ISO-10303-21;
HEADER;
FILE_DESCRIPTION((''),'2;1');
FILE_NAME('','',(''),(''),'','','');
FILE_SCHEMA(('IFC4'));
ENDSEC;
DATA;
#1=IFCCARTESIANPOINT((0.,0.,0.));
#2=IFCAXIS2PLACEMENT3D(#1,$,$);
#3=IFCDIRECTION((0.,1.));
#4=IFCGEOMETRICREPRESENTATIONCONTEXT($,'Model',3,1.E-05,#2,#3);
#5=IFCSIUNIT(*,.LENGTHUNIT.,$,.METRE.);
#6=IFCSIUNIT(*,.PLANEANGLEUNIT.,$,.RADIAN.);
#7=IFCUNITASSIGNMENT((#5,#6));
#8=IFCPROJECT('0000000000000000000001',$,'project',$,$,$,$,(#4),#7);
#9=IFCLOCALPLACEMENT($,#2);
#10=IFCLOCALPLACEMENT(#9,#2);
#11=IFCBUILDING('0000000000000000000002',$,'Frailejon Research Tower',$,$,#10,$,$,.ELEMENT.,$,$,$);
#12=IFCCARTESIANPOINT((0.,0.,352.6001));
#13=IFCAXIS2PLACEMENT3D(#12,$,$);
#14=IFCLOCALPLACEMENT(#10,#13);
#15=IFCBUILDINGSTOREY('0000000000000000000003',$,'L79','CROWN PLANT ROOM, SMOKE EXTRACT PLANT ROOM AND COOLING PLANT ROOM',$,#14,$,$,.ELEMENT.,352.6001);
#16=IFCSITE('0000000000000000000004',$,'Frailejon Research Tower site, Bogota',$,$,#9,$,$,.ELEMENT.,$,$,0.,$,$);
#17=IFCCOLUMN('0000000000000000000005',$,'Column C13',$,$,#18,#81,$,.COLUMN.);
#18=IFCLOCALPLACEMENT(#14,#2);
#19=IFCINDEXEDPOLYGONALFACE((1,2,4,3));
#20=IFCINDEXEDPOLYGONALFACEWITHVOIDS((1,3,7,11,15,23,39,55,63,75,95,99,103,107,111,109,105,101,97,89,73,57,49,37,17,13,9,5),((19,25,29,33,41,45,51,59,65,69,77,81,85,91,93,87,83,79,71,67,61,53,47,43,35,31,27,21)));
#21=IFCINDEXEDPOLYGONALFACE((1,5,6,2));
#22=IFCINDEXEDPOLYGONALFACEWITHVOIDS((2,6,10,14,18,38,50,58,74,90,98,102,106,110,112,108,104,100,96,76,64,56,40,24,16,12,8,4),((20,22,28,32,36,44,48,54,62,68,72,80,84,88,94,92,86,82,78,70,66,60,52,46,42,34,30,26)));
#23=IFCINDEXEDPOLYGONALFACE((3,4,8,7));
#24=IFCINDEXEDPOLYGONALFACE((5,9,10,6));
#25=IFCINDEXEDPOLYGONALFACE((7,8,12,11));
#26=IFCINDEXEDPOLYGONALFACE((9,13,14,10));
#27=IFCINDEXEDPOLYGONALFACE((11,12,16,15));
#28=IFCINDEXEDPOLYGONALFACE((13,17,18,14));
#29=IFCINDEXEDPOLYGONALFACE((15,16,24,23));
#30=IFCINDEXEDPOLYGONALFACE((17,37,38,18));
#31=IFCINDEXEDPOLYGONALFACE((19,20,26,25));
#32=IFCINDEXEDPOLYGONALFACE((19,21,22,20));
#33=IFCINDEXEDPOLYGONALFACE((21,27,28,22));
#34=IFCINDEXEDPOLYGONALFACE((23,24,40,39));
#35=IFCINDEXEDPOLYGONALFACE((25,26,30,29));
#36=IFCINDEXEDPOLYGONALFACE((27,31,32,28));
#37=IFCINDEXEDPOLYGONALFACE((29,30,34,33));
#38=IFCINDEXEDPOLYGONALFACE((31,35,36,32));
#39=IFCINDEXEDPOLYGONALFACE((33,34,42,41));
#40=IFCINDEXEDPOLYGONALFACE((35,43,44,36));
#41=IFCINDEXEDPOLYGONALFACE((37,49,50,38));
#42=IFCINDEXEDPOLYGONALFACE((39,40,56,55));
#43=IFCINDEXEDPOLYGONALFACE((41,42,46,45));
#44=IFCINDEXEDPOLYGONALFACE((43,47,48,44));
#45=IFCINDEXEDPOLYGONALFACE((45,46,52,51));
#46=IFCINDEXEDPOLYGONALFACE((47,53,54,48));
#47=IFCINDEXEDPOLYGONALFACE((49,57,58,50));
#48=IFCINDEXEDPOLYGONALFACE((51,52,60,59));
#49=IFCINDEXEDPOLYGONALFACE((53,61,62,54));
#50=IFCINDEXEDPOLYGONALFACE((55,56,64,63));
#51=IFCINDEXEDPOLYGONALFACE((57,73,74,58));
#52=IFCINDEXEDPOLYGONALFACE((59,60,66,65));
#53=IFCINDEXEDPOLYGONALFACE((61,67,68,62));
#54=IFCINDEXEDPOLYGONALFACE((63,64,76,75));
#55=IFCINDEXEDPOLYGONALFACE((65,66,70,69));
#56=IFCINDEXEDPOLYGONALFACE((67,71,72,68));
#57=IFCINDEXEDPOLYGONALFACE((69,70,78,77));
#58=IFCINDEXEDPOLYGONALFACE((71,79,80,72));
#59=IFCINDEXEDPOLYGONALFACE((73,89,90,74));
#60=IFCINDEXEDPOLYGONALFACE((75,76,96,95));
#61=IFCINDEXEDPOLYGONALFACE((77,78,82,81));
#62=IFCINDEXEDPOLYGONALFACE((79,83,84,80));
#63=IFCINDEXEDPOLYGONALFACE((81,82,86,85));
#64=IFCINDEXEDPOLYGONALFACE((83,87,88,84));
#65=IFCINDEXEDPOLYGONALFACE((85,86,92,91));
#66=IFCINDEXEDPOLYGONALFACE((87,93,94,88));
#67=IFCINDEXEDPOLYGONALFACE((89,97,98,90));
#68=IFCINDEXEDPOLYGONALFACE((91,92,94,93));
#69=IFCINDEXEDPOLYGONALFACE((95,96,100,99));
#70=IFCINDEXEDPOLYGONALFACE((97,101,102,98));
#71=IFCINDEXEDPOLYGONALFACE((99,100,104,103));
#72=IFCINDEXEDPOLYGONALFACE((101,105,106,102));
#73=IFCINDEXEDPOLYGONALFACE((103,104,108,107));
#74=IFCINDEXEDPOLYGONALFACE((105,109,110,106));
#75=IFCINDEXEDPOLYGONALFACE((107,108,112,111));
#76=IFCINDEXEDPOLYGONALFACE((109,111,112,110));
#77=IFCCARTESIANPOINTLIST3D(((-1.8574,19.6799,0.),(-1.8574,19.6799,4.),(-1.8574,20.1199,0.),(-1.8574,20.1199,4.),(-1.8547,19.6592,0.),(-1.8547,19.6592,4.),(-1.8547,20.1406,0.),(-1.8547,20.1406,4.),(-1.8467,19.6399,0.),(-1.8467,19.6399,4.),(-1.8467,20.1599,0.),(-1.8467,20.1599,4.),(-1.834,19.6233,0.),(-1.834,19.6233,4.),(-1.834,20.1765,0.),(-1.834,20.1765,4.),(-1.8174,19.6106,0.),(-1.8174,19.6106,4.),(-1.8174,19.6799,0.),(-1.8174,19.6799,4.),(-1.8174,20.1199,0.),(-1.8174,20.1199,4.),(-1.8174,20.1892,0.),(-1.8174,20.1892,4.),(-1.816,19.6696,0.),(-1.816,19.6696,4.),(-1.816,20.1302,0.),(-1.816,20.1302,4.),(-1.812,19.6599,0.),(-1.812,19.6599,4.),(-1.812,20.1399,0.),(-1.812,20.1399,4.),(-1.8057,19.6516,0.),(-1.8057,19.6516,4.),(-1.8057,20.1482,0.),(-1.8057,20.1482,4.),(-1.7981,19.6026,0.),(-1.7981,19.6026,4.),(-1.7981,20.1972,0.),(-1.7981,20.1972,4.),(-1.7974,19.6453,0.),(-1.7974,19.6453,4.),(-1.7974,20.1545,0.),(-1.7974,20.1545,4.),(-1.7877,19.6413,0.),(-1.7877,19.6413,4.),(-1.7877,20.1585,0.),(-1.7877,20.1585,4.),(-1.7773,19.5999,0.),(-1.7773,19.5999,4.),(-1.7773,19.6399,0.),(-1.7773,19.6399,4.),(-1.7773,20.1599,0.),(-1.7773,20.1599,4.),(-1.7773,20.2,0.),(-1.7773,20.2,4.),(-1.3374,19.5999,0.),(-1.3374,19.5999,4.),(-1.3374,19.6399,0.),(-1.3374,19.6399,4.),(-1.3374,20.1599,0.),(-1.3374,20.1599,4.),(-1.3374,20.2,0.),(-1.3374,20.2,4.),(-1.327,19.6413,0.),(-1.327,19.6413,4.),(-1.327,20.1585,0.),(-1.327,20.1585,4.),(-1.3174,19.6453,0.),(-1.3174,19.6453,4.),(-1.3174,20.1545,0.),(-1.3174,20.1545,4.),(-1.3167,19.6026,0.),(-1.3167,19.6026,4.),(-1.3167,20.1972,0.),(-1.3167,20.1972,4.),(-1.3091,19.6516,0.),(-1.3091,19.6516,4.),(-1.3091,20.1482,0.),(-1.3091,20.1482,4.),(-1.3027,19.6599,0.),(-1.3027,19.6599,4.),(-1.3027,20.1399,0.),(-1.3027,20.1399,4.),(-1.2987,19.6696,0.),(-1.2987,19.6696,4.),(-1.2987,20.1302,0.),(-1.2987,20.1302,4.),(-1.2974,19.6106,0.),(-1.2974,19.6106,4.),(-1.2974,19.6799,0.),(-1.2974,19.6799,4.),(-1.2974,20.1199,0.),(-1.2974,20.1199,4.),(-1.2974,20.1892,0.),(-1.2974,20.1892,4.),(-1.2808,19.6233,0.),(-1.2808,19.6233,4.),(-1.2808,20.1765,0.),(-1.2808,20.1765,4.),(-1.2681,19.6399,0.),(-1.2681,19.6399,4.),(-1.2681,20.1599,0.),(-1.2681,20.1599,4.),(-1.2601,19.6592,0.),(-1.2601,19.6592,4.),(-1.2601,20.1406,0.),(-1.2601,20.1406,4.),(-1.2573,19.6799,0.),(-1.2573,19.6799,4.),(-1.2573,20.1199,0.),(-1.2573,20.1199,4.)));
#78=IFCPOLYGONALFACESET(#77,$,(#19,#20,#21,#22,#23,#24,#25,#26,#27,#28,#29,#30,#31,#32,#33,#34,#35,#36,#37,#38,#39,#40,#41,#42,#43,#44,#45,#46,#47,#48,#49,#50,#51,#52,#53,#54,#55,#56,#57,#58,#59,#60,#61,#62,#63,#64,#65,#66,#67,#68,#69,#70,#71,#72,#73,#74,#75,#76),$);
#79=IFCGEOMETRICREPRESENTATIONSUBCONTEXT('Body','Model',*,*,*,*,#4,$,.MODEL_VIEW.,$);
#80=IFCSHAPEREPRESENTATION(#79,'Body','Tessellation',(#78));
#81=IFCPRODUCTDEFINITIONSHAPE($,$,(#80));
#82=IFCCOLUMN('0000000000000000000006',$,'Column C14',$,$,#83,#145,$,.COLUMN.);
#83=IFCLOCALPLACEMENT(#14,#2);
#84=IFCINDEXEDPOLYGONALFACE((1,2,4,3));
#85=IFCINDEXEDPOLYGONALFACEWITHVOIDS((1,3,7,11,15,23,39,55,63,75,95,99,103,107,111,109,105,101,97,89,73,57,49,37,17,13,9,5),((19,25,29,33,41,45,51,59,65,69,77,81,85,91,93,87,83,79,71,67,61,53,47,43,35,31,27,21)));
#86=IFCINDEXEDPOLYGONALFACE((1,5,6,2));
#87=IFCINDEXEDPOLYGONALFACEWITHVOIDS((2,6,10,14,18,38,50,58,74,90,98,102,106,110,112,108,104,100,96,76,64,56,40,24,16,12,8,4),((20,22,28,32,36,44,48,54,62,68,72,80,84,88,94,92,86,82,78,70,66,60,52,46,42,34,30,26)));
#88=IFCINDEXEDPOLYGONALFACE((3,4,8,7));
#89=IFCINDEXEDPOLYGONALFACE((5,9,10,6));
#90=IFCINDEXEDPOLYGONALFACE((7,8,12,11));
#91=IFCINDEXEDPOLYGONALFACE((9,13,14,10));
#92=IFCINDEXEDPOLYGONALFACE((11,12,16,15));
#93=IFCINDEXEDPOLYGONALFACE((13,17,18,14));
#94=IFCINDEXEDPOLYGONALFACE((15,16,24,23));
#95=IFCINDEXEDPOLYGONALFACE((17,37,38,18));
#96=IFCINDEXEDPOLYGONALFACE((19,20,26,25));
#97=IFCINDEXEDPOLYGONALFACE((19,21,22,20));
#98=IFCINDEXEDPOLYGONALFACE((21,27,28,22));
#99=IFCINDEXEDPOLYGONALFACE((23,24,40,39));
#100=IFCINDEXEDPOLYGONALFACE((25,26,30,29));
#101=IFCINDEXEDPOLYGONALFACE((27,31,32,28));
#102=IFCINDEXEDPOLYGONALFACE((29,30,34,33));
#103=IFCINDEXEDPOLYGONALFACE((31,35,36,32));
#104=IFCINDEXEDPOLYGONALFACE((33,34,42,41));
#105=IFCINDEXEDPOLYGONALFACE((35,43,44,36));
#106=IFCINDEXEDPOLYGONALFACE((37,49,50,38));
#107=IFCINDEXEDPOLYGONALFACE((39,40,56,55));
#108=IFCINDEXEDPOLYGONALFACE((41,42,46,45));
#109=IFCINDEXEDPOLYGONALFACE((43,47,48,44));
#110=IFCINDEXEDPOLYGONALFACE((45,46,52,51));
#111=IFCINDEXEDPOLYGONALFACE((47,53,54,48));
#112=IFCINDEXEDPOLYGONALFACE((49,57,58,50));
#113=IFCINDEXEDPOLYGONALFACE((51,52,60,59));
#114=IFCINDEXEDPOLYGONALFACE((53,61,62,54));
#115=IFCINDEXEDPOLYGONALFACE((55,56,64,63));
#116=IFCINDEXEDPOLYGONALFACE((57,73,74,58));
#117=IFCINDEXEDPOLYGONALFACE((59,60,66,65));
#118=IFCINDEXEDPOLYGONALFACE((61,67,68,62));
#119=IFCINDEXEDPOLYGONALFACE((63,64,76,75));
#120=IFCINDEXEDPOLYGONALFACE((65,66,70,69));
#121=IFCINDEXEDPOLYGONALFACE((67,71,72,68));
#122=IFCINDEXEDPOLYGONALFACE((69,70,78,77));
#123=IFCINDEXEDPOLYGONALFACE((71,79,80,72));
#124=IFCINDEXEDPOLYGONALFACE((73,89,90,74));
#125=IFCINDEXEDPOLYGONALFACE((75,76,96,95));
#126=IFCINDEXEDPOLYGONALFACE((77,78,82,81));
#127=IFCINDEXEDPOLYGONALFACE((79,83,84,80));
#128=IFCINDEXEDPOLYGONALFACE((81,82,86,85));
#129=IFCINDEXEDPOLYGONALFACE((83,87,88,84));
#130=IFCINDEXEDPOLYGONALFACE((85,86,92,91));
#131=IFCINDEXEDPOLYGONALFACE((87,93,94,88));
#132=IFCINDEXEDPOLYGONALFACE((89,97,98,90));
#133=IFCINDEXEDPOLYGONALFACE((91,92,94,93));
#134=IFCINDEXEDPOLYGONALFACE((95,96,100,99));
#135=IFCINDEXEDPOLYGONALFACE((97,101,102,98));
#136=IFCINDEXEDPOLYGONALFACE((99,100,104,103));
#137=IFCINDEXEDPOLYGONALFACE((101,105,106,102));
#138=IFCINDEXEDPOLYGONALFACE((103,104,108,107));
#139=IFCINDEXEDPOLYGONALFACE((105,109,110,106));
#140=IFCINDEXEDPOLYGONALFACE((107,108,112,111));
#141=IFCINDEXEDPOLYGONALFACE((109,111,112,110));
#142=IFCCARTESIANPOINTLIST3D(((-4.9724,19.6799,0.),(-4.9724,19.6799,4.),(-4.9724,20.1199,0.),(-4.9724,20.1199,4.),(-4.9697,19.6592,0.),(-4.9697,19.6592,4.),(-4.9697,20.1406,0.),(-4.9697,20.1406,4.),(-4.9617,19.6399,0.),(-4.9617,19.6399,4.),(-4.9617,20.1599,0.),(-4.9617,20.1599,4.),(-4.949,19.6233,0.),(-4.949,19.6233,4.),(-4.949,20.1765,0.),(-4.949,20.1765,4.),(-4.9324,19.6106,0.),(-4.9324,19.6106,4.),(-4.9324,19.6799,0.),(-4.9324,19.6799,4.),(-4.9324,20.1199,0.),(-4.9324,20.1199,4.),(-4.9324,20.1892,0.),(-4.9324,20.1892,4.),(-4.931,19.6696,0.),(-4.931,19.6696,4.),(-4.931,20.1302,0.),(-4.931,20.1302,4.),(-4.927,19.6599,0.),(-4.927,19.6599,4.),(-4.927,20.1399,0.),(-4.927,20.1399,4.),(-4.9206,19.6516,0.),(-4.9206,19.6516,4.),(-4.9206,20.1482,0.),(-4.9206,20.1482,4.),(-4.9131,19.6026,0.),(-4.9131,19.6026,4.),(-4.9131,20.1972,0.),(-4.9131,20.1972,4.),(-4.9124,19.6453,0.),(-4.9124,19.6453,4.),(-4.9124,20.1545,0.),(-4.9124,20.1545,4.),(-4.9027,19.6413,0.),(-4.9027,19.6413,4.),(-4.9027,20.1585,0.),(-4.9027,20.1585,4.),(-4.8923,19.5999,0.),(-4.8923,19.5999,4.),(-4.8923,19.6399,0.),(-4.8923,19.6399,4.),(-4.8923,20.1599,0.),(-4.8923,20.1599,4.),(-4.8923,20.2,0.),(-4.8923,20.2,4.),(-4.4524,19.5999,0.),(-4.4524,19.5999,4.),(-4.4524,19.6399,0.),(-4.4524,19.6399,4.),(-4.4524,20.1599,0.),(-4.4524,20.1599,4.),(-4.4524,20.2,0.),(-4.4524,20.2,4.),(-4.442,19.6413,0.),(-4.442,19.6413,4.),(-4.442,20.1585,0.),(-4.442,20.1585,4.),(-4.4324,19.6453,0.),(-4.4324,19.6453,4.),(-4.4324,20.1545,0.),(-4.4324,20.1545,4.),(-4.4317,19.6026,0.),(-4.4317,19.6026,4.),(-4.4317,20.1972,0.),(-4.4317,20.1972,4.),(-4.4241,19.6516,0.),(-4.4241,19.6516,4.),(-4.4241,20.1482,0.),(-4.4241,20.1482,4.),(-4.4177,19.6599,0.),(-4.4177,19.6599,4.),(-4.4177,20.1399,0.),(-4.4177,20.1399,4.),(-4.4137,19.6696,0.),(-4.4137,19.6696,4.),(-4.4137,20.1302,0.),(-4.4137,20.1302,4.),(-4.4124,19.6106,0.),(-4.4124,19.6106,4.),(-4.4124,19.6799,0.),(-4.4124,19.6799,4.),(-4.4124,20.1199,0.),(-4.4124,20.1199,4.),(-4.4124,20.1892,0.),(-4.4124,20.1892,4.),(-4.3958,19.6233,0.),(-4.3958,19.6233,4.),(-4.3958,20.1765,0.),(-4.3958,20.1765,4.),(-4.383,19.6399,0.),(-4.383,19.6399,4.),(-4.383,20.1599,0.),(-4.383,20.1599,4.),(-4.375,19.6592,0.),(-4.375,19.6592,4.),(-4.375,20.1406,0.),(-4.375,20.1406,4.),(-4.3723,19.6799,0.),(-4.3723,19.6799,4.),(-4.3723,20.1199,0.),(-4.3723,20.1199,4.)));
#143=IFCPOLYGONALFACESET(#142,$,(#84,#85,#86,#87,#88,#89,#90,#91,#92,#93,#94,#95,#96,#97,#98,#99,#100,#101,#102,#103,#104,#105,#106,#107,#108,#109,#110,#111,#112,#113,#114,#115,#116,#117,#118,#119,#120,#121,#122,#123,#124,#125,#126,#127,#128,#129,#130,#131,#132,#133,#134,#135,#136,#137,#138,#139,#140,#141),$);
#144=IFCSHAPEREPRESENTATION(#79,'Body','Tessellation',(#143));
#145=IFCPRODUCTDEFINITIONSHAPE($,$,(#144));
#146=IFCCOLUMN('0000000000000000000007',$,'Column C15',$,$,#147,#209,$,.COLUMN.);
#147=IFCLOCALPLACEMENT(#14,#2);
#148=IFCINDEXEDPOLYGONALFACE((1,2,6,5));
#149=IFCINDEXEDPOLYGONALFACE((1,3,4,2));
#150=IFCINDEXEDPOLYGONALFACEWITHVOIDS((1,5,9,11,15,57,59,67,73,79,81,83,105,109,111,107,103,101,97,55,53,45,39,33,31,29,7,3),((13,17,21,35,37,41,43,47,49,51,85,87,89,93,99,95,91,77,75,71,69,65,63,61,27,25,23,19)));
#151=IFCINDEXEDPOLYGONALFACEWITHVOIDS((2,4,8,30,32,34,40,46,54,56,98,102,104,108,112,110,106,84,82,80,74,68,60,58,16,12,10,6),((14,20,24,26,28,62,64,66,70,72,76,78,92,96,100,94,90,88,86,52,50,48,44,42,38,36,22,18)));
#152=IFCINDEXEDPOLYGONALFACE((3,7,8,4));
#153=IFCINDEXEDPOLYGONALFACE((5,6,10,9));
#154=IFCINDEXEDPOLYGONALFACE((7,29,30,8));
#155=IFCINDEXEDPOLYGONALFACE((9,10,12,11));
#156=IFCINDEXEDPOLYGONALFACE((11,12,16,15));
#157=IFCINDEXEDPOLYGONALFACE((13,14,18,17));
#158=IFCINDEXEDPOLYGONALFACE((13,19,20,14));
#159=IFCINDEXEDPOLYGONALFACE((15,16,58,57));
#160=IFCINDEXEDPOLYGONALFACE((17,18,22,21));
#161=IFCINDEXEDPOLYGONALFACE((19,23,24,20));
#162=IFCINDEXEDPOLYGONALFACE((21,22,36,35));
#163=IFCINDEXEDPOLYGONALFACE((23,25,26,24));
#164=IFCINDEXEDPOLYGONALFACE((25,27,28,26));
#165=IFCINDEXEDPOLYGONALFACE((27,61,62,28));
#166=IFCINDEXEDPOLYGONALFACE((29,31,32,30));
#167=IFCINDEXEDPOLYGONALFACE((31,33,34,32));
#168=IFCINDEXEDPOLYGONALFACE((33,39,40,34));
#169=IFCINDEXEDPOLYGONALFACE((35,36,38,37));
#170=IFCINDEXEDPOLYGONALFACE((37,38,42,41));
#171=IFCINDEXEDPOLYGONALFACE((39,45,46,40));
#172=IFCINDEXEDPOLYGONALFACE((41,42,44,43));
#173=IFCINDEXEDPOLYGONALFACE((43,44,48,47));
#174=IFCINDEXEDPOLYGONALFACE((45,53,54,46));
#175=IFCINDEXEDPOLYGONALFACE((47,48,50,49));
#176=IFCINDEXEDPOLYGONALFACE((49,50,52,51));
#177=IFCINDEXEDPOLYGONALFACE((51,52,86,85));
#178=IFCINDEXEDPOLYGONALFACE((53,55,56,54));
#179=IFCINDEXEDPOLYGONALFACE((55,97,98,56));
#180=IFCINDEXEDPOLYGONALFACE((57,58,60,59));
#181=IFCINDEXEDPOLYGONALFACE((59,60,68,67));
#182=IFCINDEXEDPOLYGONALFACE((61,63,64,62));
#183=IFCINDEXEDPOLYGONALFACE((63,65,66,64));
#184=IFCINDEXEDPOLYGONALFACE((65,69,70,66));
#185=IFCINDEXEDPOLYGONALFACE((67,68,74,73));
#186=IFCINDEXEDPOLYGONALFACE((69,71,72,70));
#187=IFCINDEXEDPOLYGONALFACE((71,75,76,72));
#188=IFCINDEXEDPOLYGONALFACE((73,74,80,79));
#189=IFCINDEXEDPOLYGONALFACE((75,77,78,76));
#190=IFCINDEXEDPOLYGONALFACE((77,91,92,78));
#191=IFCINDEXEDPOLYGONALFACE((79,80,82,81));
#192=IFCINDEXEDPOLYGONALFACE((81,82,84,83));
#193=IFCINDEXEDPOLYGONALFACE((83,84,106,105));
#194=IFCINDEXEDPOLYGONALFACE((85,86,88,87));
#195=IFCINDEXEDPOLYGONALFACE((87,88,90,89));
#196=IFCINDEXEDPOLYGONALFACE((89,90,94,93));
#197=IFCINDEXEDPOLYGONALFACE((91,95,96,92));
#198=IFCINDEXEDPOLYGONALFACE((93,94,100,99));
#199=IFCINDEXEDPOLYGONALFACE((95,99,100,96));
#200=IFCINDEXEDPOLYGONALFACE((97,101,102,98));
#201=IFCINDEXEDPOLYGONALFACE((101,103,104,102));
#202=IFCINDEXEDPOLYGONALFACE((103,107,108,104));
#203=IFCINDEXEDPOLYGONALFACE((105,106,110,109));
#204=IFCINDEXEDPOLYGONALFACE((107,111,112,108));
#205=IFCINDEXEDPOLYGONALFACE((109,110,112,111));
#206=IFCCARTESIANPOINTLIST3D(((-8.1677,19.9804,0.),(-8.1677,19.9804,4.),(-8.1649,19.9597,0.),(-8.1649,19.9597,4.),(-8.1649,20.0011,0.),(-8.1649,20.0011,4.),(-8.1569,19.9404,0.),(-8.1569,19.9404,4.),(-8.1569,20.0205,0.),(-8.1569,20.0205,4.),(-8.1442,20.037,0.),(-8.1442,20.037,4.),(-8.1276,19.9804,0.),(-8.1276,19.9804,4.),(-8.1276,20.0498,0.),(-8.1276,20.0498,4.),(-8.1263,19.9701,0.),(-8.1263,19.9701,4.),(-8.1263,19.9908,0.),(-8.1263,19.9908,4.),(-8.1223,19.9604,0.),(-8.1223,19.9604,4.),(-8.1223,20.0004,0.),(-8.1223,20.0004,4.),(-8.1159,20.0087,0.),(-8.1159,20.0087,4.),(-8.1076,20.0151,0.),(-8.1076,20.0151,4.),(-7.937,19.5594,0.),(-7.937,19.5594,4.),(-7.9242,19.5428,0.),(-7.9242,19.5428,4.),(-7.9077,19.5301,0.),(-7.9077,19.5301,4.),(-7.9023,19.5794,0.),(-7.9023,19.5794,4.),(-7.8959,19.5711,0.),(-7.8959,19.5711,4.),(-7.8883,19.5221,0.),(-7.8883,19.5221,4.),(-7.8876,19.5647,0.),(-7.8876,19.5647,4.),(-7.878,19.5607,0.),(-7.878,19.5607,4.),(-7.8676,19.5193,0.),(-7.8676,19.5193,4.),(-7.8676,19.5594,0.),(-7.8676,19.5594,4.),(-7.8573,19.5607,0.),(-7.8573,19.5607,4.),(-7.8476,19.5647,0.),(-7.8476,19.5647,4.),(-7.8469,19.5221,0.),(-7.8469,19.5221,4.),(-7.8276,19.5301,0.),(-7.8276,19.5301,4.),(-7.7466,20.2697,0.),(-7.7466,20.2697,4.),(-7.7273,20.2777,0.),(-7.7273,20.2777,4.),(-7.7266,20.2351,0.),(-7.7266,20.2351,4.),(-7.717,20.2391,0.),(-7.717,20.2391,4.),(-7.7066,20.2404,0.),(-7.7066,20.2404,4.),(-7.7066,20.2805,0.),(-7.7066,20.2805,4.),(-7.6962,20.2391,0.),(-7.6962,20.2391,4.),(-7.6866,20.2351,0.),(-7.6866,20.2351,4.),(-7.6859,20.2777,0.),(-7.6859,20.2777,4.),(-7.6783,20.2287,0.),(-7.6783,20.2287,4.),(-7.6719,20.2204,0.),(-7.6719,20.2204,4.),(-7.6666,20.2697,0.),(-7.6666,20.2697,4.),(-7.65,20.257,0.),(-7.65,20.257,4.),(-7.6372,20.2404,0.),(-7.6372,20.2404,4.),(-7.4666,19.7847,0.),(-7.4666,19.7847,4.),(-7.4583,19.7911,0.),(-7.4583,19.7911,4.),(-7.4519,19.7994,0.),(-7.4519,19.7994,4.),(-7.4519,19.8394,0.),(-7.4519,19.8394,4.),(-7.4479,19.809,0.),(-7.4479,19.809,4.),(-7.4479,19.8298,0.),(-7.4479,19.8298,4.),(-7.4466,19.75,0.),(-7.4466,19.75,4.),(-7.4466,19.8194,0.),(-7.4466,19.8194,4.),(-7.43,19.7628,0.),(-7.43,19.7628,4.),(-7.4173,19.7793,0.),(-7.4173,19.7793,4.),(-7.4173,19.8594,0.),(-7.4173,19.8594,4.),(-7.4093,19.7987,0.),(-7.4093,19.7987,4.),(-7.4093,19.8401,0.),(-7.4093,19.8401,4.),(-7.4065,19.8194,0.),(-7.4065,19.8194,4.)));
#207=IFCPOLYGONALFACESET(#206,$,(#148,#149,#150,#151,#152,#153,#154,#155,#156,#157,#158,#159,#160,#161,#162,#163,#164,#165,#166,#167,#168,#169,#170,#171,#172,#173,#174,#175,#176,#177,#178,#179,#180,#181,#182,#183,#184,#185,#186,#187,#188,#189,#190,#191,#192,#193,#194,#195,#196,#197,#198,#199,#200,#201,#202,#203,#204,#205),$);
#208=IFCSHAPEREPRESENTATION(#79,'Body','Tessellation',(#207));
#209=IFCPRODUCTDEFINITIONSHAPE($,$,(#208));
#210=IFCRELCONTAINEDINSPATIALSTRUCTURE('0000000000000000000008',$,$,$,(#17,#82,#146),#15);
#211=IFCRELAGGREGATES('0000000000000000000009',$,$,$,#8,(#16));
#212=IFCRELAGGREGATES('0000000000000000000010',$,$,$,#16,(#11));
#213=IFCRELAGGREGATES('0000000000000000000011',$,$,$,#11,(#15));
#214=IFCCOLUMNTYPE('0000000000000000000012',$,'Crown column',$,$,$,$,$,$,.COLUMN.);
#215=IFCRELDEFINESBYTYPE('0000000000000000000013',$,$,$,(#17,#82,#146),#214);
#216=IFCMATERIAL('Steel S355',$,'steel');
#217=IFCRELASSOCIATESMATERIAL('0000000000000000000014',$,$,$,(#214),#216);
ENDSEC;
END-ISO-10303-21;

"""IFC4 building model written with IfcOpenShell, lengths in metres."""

from ifc_helpers import new_model, si_unit, direction, frame, origin, origin_2d, place, context, subcontext, project, spatial, hollow_rectangle, extrude, material, material_profile, profile_set, type_object, element, save


model = new_model("IFC4")

# Units and contexts
model_context = context("Model", 3, precision=1e-05, world=origin(), true_north=direction((0.0, 1.0)))
body_context = subcontext(model_context, "Body", "Model", "MODEL_VIEW")
ifc_project = project(units=[si_unit("LENGTHUNIT", "METRE"), si_unit("PLANEANGLEUNIT", "RADIAN")], contexts=[model_context])

# Site, building, storey
site_placement = place(None, origin())
site = spatial("IfcSite", under=ifc_project, at=site_placement, Name="Frailejon Research Tower site, Bogota", CompositionType="ELEMENT", RefElevation=0.0)
building_placement = place(site_placement, origin())
building = spatial("IfcBuilding", under=site, at=building_placement, Name="Frailejon Research Tower", CompositionType="ELEMENT")
storey_placement = place(building_placement, frame((0.0, 0.0, 352.6001)))
storey = spatial("IfcBuildingStorey", under=building, at=storey_placement, Name="L79", Description="CROWN PLANT ROOM, SMOKE EXTRACT PLANT ROOM AND COOLING PLANT ROOM", CompositionType="ELEMENT", Elevation=352.6001)

# Columns
ifc_material_1 = material(Name="Steel S355", Category="steel")
ifc_material_profile_1 = material_profile(ifc_material_1, hollow_rectangle(XDim=0.6001, YDim=0.6001, WallThickness=0.04, InnerFilletRadius=0.04, OuterFilletRadius=0.0801, at=origin_2d()), Name="Crown column")
ifc_profile_set_1 = profile_set([ifc_material_profile_1], Name="Steel S355")
column_type = type_object("IfcColumnType", Name="Crown column", PredefinedType="COLUMN", material=ifc_profile_set_1)
for number, where, z_axis, x_axis, name in (
    (1, (-1.5574, 19.8999, 0.0), (0.0, 0.0, 1.0), (-1.0, 0.0, 0.0), "Column C13"),
    (2, (-4.6724, 19.8999, 0.0), (0.0, 0.0, 1.0), (-1.0, 0.0, 0.0), "Column C14"),
    (3, (-7.7871, 19.8999, 0.0), (0.0, 0.0, 1.0), (-0.866025, -0.5, 0.0), "Column C15"),
):
    element("IfcColumn", number, at=place(storey_placement, frame(where, z_axis=z_axis, x_axis=x_axis)), inside=storey, type_object=column_type, Name=name, PredefinedType="COLUMN", context=body_context, shape_type="SweptSolid", body=[
        extrude(hollow_rectangle(XDim=0.6001, YDim=0.6001, WallThickness=0.04, InnerFilletRadius=0.04, OuterFilletRadius=0.0801, at=origin_2d()), origin(), (0.0, 0.0, 1.0), 4.0),
    ])

save(model, "model.ifc")
